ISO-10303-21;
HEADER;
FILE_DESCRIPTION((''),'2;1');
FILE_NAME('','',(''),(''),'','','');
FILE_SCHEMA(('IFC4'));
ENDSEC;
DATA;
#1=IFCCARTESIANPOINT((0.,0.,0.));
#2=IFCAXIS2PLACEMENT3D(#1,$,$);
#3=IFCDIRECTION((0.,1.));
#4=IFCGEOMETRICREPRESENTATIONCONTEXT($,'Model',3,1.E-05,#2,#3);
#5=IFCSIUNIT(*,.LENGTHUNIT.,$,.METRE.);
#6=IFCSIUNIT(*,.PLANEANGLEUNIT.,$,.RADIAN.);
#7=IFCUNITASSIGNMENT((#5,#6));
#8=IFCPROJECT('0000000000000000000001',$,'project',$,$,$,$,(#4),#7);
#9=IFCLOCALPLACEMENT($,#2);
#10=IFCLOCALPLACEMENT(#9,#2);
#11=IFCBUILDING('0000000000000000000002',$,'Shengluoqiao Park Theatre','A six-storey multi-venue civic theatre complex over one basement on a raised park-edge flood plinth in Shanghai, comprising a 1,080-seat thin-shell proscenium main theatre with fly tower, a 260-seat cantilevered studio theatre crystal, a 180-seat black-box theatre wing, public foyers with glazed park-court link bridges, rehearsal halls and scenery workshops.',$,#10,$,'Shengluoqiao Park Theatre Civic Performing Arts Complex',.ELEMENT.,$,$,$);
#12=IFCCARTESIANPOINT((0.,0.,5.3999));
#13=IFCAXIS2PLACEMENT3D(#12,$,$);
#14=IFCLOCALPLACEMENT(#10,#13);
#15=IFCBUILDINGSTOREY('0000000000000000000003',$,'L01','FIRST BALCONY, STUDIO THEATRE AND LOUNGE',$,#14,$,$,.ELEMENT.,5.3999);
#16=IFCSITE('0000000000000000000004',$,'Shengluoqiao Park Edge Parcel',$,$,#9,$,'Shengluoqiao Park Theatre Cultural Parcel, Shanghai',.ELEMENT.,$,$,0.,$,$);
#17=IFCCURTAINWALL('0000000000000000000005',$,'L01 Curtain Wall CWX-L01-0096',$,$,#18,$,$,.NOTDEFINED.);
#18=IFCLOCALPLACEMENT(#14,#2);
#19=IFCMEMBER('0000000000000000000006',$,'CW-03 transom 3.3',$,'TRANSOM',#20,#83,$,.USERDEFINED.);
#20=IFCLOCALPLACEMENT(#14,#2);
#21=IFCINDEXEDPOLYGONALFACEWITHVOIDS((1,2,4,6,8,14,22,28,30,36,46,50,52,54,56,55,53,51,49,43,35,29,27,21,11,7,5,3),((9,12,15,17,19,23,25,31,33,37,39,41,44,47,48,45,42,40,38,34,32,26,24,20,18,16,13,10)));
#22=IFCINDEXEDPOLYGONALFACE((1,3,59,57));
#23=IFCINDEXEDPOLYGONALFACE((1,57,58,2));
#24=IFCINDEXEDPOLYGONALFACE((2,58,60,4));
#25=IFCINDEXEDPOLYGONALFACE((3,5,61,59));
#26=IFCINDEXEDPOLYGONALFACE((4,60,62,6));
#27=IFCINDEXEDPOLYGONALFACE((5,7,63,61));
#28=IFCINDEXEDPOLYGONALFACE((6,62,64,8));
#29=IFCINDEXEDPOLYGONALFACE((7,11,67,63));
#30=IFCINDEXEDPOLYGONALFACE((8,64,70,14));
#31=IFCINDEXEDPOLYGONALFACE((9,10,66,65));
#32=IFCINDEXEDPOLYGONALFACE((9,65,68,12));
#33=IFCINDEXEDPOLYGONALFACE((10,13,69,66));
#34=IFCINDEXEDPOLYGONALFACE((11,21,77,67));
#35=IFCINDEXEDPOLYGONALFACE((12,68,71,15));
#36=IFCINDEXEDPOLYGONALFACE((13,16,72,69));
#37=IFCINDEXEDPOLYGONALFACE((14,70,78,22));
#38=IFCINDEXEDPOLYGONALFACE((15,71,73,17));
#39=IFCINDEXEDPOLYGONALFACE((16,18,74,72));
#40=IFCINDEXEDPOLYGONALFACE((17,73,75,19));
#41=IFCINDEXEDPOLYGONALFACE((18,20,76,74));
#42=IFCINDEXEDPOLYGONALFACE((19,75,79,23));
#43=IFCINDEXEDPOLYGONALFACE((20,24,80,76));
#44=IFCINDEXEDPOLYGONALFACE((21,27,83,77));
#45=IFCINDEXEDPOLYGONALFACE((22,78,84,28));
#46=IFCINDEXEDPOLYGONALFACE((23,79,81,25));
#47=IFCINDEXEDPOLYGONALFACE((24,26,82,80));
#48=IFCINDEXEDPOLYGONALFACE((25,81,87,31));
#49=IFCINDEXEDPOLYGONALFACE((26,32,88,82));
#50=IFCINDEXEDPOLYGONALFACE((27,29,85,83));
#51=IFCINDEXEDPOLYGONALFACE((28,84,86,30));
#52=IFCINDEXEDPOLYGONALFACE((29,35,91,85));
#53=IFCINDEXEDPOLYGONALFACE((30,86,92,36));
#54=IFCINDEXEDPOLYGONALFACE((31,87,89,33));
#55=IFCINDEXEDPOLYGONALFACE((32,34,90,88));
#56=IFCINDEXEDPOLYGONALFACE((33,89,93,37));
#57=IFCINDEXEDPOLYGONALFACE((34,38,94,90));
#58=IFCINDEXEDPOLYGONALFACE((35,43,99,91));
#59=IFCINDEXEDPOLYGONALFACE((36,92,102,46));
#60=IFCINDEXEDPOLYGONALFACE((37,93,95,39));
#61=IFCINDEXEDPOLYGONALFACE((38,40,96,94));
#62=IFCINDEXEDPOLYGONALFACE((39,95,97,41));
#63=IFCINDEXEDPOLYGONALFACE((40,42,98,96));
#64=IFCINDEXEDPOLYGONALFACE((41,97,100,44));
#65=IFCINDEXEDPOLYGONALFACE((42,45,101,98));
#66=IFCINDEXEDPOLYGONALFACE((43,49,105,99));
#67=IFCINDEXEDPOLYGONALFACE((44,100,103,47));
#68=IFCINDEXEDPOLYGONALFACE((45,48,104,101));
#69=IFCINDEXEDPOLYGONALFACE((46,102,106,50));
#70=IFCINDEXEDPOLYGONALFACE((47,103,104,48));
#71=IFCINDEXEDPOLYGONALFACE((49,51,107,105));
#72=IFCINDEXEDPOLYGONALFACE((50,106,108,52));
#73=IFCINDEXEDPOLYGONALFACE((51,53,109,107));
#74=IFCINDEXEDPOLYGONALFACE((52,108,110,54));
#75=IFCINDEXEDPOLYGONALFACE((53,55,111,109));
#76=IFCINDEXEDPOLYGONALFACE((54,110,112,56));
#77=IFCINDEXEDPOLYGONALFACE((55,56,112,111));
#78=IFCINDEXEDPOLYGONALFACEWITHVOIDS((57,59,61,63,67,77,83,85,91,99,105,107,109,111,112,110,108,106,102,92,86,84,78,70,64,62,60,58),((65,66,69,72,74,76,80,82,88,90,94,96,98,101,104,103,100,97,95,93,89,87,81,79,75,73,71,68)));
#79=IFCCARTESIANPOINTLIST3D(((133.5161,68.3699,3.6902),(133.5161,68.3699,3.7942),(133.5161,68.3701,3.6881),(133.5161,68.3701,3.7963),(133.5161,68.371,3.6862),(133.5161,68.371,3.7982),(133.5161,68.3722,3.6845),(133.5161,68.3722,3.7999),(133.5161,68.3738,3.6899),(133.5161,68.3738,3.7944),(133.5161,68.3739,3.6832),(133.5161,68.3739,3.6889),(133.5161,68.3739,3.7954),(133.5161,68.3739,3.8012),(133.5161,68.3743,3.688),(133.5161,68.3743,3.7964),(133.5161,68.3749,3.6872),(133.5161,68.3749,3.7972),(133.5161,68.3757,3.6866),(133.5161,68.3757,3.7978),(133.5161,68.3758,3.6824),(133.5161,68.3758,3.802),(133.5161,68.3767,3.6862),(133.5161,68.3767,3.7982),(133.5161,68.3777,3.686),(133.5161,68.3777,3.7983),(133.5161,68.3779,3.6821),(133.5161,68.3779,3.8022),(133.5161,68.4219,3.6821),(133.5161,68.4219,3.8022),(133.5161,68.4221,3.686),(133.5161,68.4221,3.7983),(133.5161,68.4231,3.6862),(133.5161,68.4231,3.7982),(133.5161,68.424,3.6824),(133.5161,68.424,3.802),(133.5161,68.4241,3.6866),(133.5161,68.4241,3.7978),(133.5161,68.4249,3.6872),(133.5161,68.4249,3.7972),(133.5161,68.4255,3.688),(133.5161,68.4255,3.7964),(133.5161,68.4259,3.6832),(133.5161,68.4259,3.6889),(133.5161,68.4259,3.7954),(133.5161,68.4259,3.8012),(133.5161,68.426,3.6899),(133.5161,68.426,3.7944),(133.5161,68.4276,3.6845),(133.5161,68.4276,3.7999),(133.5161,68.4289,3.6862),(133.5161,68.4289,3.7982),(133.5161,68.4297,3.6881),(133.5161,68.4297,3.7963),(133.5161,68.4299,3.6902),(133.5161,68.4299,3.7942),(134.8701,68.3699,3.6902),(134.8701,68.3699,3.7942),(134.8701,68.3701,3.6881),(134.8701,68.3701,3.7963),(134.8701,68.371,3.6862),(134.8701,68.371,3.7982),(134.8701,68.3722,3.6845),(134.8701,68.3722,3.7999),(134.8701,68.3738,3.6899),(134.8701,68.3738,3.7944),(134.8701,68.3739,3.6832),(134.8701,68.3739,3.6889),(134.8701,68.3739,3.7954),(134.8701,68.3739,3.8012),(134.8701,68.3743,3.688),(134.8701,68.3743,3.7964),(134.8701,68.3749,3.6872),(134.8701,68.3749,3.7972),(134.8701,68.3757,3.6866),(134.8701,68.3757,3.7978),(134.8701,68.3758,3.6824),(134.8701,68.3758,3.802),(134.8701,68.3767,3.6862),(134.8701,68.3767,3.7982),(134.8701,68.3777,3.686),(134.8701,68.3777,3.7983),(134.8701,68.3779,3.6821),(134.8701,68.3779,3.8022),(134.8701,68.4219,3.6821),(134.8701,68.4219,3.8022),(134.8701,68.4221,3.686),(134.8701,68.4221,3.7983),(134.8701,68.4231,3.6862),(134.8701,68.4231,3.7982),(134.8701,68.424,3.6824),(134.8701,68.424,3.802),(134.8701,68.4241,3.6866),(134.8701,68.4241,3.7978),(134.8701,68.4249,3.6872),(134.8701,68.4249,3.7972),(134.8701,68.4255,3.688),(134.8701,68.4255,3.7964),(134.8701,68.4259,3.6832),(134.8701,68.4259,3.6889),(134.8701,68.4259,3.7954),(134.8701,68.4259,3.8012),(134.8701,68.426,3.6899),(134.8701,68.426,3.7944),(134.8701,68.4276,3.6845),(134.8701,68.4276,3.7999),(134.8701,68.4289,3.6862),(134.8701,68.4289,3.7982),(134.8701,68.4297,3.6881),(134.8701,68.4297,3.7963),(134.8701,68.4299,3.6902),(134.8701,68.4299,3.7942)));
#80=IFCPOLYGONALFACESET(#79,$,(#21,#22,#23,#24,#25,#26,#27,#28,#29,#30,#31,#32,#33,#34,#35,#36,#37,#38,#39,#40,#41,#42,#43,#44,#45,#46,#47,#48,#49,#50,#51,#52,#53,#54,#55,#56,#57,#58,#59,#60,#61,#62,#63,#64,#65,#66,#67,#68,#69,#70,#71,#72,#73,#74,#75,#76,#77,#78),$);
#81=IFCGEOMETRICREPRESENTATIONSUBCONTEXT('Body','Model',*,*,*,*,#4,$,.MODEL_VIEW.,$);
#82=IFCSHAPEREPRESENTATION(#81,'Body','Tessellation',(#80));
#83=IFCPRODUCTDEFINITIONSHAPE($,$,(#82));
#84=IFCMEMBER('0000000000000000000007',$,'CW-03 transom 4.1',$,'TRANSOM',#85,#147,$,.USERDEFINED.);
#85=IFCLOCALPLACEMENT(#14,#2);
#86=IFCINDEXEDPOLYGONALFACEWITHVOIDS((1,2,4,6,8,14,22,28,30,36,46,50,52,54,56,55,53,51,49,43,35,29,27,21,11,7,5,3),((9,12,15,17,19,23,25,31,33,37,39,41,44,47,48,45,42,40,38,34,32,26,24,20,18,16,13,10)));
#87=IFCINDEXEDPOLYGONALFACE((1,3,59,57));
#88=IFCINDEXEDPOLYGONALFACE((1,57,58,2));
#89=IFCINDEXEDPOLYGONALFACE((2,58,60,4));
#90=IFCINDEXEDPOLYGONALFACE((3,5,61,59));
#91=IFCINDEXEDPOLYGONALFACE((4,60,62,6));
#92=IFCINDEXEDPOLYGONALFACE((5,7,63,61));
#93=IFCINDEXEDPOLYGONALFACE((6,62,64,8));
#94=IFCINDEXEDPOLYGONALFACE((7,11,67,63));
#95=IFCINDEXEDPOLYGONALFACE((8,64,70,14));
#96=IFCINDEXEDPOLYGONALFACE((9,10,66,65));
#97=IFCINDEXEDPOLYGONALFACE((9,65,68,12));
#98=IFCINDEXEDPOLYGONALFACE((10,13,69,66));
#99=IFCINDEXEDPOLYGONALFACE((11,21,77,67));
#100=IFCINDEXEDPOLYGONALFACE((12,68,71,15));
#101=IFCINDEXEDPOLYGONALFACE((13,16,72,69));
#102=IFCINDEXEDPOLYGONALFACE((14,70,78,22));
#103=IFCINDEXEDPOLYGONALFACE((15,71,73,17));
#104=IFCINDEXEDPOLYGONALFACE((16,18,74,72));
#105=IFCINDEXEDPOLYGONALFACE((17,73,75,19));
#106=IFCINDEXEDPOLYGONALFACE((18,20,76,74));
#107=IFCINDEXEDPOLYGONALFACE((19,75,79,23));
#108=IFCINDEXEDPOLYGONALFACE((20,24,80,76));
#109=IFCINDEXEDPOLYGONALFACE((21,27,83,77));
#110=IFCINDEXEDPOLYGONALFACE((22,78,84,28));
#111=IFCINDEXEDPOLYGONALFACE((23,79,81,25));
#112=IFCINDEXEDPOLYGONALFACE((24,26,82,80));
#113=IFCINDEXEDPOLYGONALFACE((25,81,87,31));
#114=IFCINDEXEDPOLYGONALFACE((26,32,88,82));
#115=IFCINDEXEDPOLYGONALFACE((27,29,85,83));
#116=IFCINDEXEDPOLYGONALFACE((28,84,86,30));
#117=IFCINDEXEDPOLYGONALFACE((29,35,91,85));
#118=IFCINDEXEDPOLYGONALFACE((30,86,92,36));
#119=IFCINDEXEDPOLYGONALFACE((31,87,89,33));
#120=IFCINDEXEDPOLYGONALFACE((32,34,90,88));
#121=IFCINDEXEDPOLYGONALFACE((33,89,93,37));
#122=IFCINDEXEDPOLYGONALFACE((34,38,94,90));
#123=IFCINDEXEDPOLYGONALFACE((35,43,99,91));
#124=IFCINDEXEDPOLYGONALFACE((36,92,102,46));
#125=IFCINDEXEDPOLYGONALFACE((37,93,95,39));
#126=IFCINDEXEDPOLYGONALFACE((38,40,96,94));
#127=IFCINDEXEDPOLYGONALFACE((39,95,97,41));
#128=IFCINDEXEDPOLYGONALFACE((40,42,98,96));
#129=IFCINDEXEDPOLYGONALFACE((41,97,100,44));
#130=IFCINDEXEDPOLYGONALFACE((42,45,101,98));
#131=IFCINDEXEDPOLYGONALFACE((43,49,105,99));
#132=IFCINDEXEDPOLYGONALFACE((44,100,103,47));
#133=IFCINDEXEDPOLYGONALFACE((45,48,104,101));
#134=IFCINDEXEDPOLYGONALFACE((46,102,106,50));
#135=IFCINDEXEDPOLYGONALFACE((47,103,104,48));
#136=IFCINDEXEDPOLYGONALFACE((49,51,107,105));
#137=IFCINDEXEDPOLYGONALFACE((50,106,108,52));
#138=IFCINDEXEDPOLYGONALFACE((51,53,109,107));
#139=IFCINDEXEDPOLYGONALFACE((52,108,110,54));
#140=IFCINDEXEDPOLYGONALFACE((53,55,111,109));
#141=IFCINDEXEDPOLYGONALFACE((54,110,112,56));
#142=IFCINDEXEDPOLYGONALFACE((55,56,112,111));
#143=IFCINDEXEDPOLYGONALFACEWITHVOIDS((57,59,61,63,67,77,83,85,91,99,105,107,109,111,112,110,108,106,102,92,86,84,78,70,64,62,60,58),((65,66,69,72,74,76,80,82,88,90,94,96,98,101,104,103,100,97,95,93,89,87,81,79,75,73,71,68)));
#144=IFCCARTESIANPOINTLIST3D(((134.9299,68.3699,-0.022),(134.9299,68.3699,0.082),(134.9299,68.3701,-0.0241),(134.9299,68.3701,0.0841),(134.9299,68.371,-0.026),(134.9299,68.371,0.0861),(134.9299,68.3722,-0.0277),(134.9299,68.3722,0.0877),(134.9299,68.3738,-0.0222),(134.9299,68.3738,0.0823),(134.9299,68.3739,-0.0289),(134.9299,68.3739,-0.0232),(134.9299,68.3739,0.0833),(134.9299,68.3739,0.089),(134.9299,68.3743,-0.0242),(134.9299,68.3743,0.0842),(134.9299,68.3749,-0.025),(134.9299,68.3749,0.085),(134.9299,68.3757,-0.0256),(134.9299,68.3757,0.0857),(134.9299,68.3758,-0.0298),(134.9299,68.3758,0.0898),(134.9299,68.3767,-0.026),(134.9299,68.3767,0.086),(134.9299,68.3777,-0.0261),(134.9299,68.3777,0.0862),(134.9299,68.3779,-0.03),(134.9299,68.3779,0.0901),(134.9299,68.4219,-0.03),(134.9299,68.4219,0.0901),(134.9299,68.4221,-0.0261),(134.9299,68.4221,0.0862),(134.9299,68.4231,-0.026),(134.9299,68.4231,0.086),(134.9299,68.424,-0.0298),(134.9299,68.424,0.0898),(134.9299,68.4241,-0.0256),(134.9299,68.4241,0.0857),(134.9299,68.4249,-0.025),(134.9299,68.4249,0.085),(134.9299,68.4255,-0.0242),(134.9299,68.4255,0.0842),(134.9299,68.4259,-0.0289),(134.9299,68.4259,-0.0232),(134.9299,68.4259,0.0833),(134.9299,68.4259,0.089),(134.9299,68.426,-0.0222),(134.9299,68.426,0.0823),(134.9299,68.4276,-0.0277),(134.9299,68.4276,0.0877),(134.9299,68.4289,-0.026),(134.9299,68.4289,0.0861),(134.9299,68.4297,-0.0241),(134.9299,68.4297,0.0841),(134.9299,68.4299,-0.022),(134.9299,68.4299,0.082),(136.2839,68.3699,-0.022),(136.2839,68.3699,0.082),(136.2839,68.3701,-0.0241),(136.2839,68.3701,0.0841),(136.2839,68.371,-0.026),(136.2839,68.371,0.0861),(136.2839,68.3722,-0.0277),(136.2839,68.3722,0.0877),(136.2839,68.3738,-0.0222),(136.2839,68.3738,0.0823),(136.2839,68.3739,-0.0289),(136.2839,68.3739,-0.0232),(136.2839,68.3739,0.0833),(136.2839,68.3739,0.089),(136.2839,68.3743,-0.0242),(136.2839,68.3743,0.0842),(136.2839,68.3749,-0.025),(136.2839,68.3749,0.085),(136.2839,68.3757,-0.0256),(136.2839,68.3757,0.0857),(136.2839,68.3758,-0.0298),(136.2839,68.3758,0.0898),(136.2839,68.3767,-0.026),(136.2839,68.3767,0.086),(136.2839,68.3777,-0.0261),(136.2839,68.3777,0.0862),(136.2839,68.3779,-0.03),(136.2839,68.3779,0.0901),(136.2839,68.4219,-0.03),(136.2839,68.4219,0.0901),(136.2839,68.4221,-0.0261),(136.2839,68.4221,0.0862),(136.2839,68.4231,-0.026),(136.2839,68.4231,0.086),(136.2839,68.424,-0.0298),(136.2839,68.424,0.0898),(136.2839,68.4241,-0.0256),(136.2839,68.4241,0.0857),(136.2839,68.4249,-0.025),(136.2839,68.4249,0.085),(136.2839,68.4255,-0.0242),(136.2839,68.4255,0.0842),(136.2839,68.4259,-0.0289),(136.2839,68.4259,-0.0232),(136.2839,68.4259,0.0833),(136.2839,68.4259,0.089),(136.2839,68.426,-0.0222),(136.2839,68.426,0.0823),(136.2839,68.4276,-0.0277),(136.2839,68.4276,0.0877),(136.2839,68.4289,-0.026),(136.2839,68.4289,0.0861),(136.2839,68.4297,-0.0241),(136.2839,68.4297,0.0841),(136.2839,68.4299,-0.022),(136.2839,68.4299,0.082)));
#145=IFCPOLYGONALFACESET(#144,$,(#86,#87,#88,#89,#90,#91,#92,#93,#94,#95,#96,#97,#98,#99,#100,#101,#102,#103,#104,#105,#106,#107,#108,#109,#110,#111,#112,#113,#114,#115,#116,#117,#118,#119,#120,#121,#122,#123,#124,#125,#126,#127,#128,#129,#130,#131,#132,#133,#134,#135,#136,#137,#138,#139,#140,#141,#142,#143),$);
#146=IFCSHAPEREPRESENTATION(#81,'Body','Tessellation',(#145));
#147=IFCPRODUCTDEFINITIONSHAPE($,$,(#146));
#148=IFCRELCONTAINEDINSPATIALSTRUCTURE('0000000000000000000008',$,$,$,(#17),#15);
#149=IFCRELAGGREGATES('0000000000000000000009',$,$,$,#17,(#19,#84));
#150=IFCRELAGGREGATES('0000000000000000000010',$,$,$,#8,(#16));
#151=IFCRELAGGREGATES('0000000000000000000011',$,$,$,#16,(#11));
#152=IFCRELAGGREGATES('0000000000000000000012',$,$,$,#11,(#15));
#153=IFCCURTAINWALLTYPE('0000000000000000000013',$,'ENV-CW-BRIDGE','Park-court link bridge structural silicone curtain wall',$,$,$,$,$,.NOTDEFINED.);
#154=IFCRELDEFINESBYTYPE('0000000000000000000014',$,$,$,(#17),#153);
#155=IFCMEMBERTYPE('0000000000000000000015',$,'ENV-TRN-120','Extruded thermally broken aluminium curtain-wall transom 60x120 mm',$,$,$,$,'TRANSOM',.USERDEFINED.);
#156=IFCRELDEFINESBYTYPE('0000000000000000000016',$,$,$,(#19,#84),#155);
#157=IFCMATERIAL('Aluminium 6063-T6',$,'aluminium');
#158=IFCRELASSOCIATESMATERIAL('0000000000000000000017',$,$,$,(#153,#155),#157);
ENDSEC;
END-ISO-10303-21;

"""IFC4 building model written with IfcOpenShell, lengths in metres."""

from ifc_helpers import new_model, si_unit, direction, frame, origin, origin_2d, place, context, subcontext, project, spatial, hollow_rectangle, extrude, material, material_profile, profile_set, type_object, element, aggregate, save


model = new_model("IFC4")

# Units and contexts
model_context = context("Model", 3, precision=1e-05, world=origin(), true_north=direction((0.0, 1.0)))
body_context = subcontext(model_context, "Body", "Model", "MODEL_VIEW")
ifc_project = project(units=[si_unit("LENGTHUNIT", "METRE"), si_unit("PLANEANGLEUNIT", "RADIAN")], contexts=[model_context])

# Site, building, storey
site_placement = place(None, origin())
site = spatial("IfcSite", under=ifc_project, at=site_placement, Name="Shengluoqiao Park Edge Parcel", LongName="Shengluoqiao Park Theatre Cultural Parcel, Shanghai", CompositionType="ELEMENT", RefElevation=0.0)
building_placement = place(site_placement, origin())
building = spatial("IfcBuilding", under=site, at=building_placement, Name="Shengluoqiao Park Theatre", Description="A six-storey multi-venue civic theatre complex over one basement on a raised park-edge flood plinth in Shanghai, comprising a 1,080-seat thin-shell proscenium main theatre with fly tower, a 260-seat cantilevered studio theatre crystal, a 180-seat black-box theatre wing, public foyers with glazed park-court link bridges, rehearsal halls and scenery workshops.", LongName="Shengluoqiao Park Theatre Civic Performing Arts Complex", CompositionType="ELEMENT")
storey_placement = place(building_placement, frame((0.0, 0.0, 5.3999)))
storey = spatial("IfcBuildingStorey", under=building, at=storey_placement, Name="L01", Description="FIRST BALCONY, STUDIO THEATRE AND LOUNGE", CompositionType="ELEMENT", Elevation=5.3999)

# Curtain wall, members
ifc_material_1 = material(Name="Aluminium 6063-T6", Category="aluminium")
curtain_wall_type = type_object("IfcCurtainWallType", Name="ENV-CW-BRIDGE", Description="Park-court link bridge structural silicone curtain wall", PredefinedType="NOTDEFINED", material=ifc_material_1)
curtain_wall_placement = place(storey_placement, origin())
curtain_wall = element("IfcCurtainWall", 1, at=curtain_wall_placement, inside=storey, type_object=curtain_wall_type, Name="L01 Curtain Wall CWX-L01-0096", PredefinedType="NOTDEFINED")
ifc_material_profile_1 = material_profile(ifc_material_1, hollow_rectangle(XDim=0.0601, YDim=0.1201, WallThickness=0.0039, InnerFilletRadius=0.0039, OuterFilletRadius=0.0081, at=origin_2d()), Name="ALU TRANSOM 120x60x4")
ifc_profile_set_1 = profile_set([ifc_material_profile_1], Name="Aluminium 6063-T6")
member_type_1 = type_object("IfcMemberType", Name="ENV-TRN-120", Description="Extruded thermally broken aluminium curtain-wall transom 60x120 mm", ElementType="TRANSOM", PredefinedType="USERDEFINED", material=ifc_profile_set_1)
member_1_placement = place(storey_placement, frame((133.5161, 68.3999, 3.7422), z_axis=(1.0, 0.0, 0.0), x_axis=(0.0, 1.0, 0.0)))
member_1 = element("IfcMember", 2, at=member_1_placement, type_object=member_type_1, Name="CW-03 transom 3.3", ObjectType="TRANSOM", PredefinedType="USERDEFINED", context=body_context, shape_type="SweptSolid", body=[
    extrude(hollow_rectangle(XDim=0.0601, YDim=0.1201, WallThickness=0.0039, InnerFilletRadius=0.0039, OuterFilletRadius=0.0081, at=origin_2d()), origin(), (0.0, 0.0, 1.0), 1.354),
])
member_2_placement = place(storey_placement, frame((134.9299, 68.3999, 0.03), z_axis=(1.0, 0.0, 0.0), x_axis=(0.0, 1.0, 0.0)))
member_2 = element("IfcMember", 3, at=member_2_placement, type_object=member_type_1, Name="CW-03 transom 4.1", ObjectType="TRANSOM", PredefinedType="USERDEFINED", context=body_context, shape_type="SweptSolid", body=[
    extrude(hollow_rectangle(XDim=0.0601, YDim=0.1201, WallThickness=0.0039, InnerFilletRadius=0.0039, OuterFilletRadius=0.0081, at=origin_2d()), origin(), (0.0, 0.0, 1.0), 1.354),
])

aggregate(curtain_wall, [member_1, member_2])

save(model, "model.ifc")
